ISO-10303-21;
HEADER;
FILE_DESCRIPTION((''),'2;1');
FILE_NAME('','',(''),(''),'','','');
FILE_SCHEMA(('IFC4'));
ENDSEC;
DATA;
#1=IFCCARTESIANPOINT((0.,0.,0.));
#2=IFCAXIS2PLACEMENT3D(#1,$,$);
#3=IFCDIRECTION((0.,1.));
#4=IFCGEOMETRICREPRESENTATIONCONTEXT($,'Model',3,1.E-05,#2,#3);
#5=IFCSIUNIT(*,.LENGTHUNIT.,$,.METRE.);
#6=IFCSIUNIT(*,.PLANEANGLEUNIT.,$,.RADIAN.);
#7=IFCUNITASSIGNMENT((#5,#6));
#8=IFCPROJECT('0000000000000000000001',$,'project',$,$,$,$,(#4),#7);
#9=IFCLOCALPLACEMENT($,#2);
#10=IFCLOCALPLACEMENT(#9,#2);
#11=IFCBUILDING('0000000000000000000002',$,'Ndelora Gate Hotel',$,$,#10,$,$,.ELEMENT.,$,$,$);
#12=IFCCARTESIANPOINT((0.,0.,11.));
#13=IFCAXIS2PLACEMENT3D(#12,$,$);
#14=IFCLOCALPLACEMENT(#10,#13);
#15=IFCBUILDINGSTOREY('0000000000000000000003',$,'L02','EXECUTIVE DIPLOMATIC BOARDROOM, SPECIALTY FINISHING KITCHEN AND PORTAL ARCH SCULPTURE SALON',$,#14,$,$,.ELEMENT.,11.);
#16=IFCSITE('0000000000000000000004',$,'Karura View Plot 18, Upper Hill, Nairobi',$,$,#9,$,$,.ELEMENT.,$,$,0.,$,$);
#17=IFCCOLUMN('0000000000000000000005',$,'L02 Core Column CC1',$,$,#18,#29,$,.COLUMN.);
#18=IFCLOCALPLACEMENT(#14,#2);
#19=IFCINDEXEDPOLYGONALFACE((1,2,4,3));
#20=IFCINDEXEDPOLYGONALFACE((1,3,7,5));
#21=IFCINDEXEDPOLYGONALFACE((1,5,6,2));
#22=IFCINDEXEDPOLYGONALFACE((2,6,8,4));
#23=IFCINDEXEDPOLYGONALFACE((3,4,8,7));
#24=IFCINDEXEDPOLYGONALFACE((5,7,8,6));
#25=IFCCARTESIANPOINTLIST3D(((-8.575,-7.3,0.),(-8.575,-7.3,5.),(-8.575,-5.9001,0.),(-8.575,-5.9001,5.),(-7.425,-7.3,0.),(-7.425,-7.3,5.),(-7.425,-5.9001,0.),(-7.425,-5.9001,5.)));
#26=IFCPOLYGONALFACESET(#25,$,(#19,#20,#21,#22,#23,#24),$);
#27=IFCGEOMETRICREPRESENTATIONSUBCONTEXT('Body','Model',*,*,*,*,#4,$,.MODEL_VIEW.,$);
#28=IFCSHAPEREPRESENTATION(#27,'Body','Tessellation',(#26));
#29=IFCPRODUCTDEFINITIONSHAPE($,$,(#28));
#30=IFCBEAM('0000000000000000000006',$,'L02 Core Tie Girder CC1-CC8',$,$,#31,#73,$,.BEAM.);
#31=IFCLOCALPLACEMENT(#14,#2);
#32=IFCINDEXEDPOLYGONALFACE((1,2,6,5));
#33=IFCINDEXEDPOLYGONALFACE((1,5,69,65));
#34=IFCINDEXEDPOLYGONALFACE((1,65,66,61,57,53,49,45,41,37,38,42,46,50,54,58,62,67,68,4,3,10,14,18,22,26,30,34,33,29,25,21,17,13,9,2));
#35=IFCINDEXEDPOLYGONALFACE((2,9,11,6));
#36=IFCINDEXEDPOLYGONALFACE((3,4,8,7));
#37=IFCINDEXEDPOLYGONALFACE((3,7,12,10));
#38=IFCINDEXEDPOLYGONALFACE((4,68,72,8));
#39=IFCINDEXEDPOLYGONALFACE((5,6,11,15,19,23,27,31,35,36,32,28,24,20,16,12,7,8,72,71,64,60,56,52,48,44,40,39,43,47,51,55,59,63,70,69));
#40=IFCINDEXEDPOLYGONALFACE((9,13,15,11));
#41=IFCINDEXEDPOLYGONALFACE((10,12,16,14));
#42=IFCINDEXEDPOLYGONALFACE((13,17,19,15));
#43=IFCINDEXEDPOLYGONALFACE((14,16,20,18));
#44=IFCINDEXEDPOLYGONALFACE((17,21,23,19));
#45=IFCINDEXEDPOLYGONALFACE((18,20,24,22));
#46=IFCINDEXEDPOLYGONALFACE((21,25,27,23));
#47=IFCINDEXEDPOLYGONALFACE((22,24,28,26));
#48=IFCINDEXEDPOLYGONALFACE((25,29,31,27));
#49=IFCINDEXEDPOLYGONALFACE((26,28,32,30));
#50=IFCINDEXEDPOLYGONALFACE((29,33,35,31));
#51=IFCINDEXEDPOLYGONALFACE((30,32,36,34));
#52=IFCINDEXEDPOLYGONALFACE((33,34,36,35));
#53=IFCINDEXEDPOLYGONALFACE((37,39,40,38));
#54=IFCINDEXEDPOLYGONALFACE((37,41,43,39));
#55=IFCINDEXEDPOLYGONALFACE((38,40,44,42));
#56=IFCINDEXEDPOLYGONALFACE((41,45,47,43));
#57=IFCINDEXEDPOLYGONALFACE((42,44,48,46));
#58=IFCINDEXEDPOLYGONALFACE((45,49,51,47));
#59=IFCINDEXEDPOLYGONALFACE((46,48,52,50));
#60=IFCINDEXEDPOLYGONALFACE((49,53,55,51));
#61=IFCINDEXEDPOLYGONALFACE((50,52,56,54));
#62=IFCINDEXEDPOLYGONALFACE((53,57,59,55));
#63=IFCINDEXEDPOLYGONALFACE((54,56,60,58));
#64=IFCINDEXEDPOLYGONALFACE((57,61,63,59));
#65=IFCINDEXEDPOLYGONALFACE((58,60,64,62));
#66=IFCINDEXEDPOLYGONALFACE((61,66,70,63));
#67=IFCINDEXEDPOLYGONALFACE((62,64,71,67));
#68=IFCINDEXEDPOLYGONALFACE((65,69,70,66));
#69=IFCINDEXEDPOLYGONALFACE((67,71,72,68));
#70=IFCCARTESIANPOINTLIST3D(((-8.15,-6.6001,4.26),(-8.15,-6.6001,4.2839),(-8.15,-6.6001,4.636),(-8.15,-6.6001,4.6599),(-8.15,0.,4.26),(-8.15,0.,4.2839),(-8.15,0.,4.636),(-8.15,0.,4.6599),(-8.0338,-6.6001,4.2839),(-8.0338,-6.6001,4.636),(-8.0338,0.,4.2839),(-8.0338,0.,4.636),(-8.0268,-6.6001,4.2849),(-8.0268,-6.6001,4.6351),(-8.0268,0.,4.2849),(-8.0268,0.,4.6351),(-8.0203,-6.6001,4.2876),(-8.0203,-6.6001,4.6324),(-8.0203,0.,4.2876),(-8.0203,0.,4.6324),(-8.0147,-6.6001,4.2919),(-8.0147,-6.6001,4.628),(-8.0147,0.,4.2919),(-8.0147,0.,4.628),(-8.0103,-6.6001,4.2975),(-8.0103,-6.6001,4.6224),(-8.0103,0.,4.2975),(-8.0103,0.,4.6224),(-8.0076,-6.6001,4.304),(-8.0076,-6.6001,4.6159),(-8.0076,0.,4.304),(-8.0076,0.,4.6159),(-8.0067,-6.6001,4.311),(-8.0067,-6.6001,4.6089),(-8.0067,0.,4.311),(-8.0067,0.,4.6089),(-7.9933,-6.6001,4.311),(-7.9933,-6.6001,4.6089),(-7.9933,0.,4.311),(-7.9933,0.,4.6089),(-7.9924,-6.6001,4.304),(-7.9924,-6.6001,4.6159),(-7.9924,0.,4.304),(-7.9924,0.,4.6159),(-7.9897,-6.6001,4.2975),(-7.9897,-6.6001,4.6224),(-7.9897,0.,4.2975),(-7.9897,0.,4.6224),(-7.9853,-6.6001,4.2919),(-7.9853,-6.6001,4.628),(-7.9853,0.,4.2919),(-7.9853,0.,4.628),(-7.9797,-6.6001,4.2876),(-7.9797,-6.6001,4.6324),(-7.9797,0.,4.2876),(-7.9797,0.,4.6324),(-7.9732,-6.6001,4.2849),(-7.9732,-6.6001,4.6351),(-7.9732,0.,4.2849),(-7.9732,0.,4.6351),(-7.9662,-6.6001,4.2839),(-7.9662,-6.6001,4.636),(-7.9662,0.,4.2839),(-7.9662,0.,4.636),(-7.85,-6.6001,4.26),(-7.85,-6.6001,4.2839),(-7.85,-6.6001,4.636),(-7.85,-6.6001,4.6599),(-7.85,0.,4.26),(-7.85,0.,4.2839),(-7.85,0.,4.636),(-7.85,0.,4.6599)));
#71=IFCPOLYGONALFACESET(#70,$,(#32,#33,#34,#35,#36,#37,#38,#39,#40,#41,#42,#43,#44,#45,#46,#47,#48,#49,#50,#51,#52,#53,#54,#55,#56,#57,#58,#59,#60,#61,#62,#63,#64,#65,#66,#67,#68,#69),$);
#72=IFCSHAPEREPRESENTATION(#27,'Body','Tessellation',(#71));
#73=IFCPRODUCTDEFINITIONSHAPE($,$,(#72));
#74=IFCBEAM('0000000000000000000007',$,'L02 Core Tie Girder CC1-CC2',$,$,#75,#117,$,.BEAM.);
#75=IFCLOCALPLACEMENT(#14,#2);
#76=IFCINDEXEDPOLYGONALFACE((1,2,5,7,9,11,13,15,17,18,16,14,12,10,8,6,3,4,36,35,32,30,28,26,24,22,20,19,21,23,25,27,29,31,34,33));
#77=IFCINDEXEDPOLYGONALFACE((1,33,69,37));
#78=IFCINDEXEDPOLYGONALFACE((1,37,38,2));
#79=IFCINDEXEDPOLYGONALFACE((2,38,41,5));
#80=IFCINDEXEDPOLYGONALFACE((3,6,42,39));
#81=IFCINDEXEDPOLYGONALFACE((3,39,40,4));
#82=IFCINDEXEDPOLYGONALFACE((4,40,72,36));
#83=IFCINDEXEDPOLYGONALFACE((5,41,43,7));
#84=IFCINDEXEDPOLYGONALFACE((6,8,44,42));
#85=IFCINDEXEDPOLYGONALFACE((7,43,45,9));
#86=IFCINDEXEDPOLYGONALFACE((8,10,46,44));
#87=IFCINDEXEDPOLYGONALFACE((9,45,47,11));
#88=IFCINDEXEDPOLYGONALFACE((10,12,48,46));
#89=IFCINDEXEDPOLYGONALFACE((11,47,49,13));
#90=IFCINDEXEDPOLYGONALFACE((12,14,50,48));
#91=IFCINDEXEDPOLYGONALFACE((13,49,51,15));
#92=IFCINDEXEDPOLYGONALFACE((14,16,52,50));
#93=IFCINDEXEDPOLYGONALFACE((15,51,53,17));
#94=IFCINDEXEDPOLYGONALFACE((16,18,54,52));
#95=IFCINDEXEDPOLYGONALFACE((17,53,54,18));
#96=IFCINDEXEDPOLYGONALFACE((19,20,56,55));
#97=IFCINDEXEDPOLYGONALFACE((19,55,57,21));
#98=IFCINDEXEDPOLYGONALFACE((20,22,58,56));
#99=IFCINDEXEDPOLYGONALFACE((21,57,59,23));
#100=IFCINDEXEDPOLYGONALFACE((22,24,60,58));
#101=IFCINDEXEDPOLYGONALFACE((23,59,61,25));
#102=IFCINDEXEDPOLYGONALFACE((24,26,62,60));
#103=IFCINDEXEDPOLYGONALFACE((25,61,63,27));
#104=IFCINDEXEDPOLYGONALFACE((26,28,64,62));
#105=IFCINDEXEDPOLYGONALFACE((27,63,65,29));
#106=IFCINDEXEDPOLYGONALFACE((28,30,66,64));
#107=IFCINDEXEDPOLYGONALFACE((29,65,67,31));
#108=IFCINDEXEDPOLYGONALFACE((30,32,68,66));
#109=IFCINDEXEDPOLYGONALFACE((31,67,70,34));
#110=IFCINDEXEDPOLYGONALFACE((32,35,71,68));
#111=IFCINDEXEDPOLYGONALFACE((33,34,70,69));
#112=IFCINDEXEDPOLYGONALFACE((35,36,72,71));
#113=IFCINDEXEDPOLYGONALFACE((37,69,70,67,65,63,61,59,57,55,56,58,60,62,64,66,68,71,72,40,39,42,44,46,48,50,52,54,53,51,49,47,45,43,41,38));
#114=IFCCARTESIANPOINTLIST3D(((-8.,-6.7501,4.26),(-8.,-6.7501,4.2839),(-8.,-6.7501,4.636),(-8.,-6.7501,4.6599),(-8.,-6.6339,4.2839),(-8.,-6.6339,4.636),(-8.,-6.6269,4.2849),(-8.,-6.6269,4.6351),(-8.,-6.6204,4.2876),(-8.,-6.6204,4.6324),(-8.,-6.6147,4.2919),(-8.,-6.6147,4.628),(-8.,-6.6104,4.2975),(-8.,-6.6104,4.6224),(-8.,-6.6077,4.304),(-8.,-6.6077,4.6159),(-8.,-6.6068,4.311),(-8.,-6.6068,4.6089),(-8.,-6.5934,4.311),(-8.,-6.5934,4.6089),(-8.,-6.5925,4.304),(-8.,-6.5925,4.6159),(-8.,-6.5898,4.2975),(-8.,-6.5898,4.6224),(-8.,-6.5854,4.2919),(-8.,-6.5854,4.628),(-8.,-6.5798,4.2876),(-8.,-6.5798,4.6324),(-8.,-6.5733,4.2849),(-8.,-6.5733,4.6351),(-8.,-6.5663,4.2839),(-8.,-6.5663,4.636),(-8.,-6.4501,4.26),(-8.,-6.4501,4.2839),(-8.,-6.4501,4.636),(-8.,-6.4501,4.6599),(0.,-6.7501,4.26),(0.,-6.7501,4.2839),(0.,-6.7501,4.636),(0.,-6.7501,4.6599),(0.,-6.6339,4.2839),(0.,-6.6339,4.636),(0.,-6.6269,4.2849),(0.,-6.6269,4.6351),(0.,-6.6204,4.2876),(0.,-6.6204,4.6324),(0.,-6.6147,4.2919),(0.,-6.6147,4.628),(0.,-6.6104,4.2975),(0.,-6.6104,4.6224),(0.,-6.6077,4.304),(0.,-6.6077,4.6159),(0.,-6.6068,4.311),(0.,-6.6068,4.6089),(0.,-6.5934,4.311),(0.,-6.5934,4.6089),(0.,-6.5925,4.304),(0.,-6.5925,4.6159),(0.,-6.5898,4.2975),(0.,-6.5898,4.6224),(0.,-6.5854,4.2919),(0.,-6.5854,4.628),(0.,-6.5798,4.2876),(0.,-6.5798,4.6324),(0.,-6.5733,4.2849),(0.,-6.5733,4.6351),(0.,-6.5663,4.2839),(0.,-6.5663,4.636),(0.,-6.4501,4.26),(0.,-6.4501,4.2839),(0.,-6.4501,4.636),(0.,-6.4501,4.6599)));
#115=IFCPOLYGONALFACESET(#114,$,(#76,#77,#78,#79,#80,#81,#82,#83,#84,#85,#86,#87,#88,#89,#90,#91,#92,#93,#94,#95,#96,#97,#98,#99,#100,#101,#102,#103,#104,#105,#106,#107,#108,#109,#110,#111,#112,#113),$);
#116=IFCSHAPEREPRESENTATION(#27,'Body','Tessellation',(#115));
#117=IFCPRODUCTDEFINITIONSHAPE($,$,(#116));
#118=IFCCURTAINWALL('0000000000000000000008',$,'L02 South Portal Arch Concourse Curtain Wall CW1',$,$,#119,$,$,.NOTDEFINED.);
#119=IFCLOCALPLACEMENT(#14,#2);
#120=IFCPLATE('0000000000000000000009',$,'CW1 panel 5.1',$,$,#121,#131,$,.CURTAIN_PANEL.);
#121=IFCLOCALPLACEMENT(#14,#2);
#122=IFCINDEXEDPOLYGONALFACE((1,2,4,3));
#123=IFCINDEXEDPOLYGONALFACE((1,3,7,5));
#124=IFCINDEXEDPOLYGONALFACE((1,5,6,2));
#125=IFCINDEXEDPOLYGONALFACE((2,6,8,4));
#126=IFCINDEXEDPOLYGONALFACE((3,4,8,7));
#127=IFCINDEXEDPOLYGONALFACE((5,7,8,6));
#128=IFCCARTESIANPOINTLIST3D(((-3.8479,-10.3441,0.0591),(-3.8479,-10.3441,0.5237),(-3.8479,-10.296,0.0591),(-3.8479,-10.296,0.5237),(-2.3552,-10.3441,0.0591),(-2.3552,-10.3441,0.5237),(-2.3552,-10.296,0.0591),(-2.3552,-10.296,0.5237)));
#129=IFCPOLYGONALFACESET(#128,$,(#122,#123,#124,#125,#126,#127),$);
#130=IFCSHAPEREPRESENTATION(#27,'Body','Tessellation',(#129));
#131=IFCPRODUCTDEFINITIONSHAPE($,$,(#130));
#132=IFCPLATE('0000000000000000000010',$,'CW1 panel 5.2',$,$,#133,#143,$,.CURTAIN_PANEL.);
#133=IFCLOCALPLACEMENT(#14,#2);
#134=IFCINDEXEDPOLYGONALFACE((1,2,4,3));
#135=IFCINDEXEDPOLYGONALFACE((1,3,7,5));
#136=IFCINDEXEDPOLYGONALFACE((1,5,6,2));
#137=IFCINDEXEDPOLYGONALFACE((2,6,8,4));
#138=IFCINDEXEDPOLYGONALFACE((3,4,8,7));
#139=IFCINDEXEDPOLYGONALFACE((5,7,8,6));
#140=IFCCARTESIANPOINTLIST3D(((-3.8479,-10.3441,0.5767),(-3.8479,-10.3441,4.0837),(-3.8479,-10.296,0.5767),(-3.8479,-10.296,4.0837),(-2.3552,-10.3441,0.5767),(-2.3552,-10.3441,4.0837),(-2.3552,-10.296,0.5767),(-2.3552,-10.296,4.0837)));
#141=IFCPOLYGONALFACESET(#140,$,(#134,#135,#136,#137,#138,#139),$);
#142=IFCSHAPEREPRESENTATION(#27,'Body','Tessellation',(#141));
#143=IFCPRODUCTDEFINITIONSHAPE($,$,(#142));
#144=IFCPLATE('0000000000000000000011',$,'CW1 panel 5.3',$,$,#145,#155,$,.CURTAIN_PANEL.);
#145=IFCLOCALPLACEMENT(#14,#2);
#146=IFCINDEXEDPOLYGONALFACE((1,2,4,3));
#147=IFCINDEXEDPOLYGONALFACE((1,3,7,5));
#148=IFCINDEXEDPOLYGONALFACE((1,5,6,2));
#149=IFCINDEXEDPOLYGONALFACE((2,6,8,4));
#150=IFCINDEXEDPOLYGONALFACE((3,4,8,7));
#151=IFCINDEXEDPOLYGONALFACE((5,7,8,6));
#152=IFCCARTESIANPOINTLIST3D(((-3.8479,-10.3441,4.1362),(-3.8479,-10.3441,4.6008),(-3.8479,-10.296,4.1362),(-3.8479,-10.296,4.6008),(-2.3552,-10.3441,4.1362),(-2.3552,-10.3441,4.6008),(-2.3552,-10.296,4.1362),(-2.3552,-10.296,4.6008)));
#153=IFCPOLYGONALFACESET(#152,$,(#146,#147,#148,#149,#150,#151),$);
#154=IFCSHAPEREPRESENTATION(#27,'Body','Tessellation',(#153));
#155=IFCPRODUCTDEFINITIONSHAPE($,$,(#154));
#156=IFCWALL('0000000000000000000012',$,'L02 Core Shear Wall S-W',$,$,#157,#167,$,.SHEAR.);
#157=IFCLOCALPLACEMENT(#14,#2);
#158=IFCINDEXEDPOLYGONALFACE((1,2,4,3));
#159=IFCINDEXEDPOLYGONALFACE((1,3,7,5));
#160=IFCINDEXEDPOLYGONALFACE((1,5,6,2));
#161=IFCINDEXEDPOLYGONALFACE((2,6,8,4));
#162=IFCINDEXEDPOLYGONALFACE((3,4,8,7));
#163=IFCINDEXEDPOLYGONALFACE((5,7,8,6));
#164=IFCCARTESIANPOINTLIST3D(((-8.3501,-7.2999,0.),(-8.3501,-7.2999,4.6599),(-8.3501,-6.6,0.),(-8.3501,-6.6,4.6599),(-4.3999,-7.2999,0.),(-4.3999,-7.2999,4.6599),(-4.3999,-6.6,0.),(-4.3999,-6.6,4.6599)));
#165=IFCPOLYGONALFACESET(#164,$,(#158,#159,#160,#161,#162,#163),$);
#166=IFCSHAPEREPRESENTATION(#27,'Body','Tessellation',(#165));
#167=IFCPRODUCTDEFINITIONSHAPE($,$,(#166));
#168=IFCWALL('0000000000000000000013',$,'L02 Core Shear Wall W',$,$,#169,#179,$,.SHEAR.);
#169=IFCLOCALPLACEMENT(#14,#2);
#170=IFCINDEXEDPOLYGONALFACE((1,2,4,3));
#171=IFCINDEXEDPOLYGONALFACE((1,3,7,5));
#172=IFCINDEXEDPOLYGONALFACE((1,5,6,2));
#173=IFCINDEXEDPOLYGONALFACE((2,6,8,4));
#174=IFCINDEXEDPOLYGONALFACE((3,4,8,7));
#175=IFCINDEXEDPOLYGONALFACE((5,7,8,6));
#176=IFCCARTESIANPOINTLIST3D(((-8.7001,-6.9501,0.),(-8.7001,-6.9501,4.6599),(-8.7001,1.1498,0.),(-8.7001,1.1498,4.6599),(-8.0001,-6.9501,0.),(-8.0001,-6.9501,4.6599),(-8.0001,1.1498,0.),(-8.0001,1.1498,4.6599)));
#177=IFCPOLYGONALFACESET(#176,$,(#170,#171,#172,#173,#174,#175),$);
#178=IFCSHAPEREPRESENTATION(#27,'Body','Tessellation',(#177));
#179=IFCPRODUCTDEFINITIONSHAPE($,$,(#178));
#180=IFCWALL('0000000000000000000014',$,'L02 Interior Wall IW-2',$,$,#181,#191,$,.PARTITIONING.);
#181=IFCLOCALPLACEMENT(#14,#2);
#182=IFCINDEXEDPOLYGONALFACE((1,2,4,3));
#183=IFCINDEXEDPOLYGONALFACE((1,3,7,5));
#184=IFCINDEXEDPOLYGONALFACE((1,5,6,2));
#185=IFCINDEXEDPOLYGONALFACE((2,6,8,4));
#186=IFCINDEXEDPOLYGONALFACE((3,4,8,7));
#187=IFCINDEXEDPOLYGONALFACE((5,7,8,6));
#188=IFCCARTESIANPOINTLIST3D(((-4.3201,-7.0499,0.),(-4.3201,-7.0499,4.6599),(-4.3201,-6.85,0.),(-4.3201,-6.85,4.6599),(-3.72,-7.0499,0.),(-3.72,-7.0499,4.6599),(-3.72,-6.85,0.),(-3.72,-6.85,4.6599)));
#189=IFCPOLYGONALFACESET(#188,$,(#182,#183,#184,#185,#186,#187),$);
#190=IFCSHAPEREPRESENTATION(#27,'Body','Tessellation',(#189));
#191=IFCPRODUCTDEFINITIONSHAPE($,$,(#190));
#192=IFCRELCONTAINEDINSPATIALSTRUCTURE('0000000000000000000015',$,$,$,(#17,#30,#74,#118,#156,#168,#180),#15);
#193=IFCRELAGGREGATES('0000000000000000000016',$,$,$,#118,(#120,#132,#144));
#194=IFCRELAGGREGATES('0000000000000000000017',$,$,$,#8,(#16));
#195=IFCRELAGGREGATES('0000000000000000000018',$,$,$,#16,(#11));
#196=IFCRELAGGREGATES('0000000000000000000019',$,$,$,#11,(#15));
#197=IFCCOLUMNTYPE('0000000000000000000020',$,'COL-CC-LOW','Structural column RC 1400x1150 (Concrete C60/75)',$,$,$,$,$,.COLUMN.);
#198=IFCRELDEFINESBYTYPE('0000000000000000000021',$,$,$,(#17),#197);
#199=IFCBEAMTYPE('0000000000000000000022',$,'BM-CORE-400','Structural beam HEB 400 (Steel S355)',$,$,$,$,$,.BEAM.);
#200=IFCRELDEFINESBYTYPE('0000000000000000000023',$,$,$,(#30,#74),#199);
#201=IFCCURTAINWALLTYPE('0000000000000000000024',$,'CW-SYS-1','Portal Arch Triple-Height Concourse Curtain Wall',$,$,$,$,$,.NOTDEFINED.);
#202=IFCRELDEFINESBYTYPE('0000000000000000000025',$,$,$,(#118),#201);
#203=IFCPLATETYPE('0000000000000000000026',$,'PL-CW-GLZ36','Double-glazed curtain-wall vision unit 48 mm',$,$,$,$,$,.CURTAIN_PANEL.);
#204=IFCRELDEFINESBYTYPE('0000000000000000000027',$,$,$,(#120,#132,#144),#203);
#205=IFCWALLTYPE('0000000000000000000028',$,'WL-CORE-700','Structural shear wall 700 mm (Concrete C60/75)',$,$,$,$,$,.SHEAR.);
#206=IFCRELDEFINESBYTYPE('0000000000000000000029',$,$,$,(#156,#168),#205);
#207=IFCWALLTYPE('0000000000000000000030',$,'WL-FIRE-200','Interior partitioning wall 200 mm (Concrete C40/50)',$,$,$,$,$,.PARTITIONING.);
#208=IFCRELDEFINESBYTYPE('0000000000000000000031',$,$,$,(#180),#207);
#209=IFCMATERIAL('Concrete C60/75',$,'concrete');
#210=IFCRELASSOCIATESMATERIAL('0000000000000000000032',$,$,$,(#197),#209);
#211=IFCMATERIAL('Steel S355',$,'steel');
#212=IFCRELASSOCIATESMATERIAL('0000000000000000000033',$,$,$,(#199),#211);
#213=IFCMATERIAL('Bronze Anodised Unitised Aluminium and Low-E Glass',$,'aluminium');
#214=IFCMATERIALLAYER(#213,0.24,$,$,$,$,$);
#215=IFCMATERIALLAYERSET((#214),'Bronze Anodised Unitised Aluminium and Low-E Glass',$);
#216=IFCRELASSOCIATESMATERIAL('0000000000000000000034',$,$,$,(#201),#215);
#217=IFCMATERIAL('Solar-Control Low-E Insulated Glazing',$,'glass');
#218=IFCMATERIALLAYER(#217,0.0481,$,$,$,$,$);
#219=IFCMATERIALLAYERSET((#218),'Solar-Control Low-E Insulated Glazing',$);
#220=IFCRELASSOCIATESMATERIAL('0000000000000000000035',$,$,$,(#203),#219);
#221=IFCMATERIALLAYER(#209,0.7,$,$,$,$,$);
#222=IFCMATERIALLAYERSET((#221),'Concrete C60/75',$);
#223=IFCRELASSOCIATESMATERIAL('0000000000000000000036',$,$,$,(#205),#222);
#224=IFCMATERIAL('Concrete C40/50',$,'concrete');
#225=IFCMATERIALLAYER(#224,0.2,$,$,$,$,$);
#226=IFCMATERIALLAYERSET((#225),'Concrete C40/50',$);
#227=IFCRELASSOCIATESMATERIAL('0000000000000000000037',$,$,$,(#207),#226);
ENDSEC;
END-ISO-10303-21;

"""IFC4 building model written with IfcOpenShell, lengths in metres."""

from ifc_helpers import new_model, si_unit, direction, frame, frame_2d, origin, origin_2d, place, context, subcontext, project, spatial, rectangle, i_section, extrude, material, layer, layer_set, material_profile, profile_set, type_object, element, aggregate, save


model = new_model("IFC4")

# Units and contexts
model_context = context("Model", 3, precision=1e-05, world=origin(), true_north=direction((0.0, 1.0)))
body_context = subcontext(model_context, "Body", "Model", "MODEL_VIEW")
ifc_project = project(units=[si_unit("LENGTHUNIT", "METRE"), si_unit("PLANEANGLEUNIT", "RADIAN")], contexts=[model_context])

# Site, building, storey
site_placement = place(None, origin())
site = spatial("IfcSite", under=ifc_project, at=site_placement, Name="Karura View Plot 18, Upper Hill, Nairobi", CompositionType="ELEMENT", RefElevation=0.0)
building_placement = place(site_placement, origin())
building = spatial("IfcBuilding", under=site, at=building_placement, Name="Ndelora Gate Hotel", CompositionType="ELEMENT")
storey_placement = place(building_placement, frame((0.0, 0.0, 11.0)))
storey = spatial("IfcBuildingStorey", under=building, at=storey_placement, Name="L02", Description="EXECUTIVE DIPLOMATIC BOARDROOM, SPECIALTY FINISHING KITCHEN AND PORTAL ARCH SCULPTURE SALON", CompositionType="ELEMENT", Elevation=11.0)

# Column
ifc_material_1 = material(Name="Concrete C60/75", Category="concrete")
ifc_material_profile_1 = material_profile(ifc_material_1, rectangle(XDim=1.1499, YDim=1.3999, at=origin_2d()), Name="RC 1400x1150")
ifc_profile_set_1 = profile_set([ifc_material_profile_1], Name="Concrete C60/75")
column_type = type_object("IfcColumnType", Name="COL-CC-LOW", Description="Structural column RC 1400x1150 (Concrete C60/75)", PredefinedType="COLUMN", material=ifc_profile_set_1)
column_placement = place(storey_placement, frame((-8.0, -6.6001, 0.0), z_axis=(0.0, 0.0, 1.0), x_axis=(1.0, 0.0, 0.0)))
element("IfcColumn", 1, at=column_placement, inside=storey, type_object=column_type, Name="L02 Core Column CC1", PredefinedType="COLUMN", context=body_context, shape_type="SweptSolid", body=[
    extrude(rectangle(XDim=1.1499, YDim=1.3999, at=origin_2d()), origin(), (0.0, 0.0, 1.0), 5.0),
])

# Beams
ifc_material_2 = material(Name="Steel S355", Category="steel")
ifc_material_profile_2 = material_profile(ifc_material_2, i_section(OverallWidth=0.3, OverallDepth=0.3999, WebThickness=0.0134, FlangeThickness=0.0239, FilletRadius=0.0271, at=origin_2d()), Name="HEB 400")
ifc_profile_set_2 = profile_set([ifc_material_profile_2], Name="Steel S355")
beam_type = type_object("IfcBeamType", Name="BM-CORE-400", Description="Structural beam HEB 400 (Steel S355)", PredefinedType="BEAM", material=ifc_profile_set_2)
beam_1_placement = place(storey_placement, frame((-8.0, -6.6001, 4.46), z_axis=(0.0, 1.0, 0.0), x_axis=(-1.0, 0.0, 0.0)))
element("IfcBeam", 2, at=beam_1_placement, inside=storey, type_object=beam_type, Name="L02 Core Tie Girder CC1-CC8", PredefinedType="BEAM", context=body_context, shape_type="SweptSolid", body=[
    extrude(i_section(OverallWidth=0.3, OverallDepth=0.3999, WebThickness=0.0134, FlangeThickness=0.0239, FilletRadius=0.0271, at=origin_2d()), origin(), (0.0, 0.0, 1.0), 6.6001),
])
beam_2_placement = place(storey_placement, frame((-8.0, -6.6001, 4.46), z_axis=(1.0, 0.0, 0.0), x_axis=(0.0, 1.0, 0.0)))
element("IfcBeam", 3, at=beam_2_placement, inside=storey, type_object=beam_type, Name="L02 Core Tie Girder CC1-CC2", PredefinedType="BEAM", context=body_context, shape_type="SweptSolid", body=[
    extrude(i_section(OverallWidth=0.3, OverallDepth=0.3999, WebThickness=0.0134, FlangeThickness=0.0239, FilletRadius=0.0271, at=origin_2d()), origin(), (0.0, 0.0, 1.0), 8.0),
])

# Curtain wall, plates
ifc_material_3 = material(Name="Bronze Anodised Unitised Aluminium and Low-E Glass", Category="aluminium")
ifc_layer_1 = layer(ifc_material_3, 0.24)
ifc_layer_set_1 = layer_set([ifc_layer_1], Name="Bronze Anodised Unitised Aluminium and Low-E Glass")
curtain_wall_type = type_object("IfcCurtainWallType", Name="CW-SYS-1", Description="Portal Arch Triple-Height Concourse Curtain Wall", PredefinedType="NOTDEFINED", material=ifc_layer_set_1)
curtain_wall_placement = place(storey_placement, origin())
curtain_wall = element("IfcCurtainWall", 4, at=curtain_wall_placement, inside=storey, type_object=curtain_wall_type, Name="L02 South Portal Arch Concourse Curtain Wall CW1", PredefinedType="NOTDEFINED")
ifc_material_4 = material(Name="Solar-Control Low-E Insulated Glazing", Category="glass")
ifc_layer_2 = layer(ifc_material_4, 0.0481)
ifc_layer_set_2 = layer_set([ifc_layer_2], Name="Solar-Control Low-E Insulated Glazing")
plate_type = type_object("IfcPlateType", Name="PL-CW-GLZ36", Description="Double-glazed curtain-wall vision unit 48 mm", PredefinedType="CURTAIN_PANEL", material=ifc_layer_set_2)
plate_1_placement = place(storey_placement, frame((-3.1016, -10.3201, 0.0591), z_axis=(0.0, 0.0, 1.0), x_axis=(1.0, 0.0, 0.0)))
plate_1 = element("IfcPlate", 5, at=plate_1_placement, type_object=plate_type, Name="CW1 panel 5.1", PredefinedType="CURTAIN_PANEL", context=body_context, shape_type="SweptSolid", body=[
    extrude(rectangle(XDim=1.4927, YDim=0.0481, at=origin_2d()), origin(), (0.0, 0.0, 1.0), 0.4646),
])
plate_2_placement = place(storey_placement, frame((-3.1016, -10.3201, 0.5767), z_axis=(0.0, 0.0, 1.0), x_axis=(1.0, 0.0, 0.0)))
plate_2 = element("IfcPlate", 6, at=plate_2_placement, type_object=plate_type, Name="CW1 panel 5.2", PredefinedType="CURTAIN_PANEL", context=body_context, shape_type="SweptSolid", body=[
    extrude(rectangle(XDim=1.4927, YDim=0.0481, at=origin_2d()), origin(), (0.0, 0.0, 1.0), 3.5071),
])
plate_3_placement = place(storey_placement, frame((-3.1016, -10.3201, 4.1362), z_axis=(0.0, 0.0, 1.0), x_axis=(1.0, 0.0, 0.0)))
plate_3 = element("IfcPlate", 7, at=plate_3_placement, type_object=plate_type, Name="CW1 panel 5.3", PredefinedType="CURTAIN_PANEL", context=body_context, shape_type="SweptSolid", body=[
    extrude(rectangle(XDim=1.4927, YDim=0.0481, at=origin_2d()), origin(), (0.0, 0.0, 1.0), 0.4646),
])
aggregate(curtain_wall, [plate_1, plate_2, plate_3])

# Walls
ifc_layer_3 = layer(ifc_material_1, 0.7)
ifc_layer_set_3 = layer_set([ifc_layer_3], Name="Concrete C60/75")
wall_type_1 = type_object("IfcWallType", Name="WL-CORE-700", Description="Structural shear wall 700 mm (Concrete C60/75)", PredefinedType="SHEAR", material=ifc_layer_set_3)
wall_1_placement = place(storey_placement, frame((-8.3501, -6.95, 0.0), z_axis=(0.0, 0.0, 1.0), x_axis=(1.0, 0.0, 0.0)))
element("IfcWall", 8, at=wall_1_placement, inside=storey, type_object=wall_type_1, Name="L02 Core Shear Wall S-W", PredefinedType="SHEAR", context=body_context, shape_type="SweptSolid", body=[
    extrude(rectangle(XDim=3.9502, YDim=0.7, at=frame_2d((1.9751, 0.0))), origin(), (0.0, 0.0, 1.0), 4.6599),
])
wall_2_placement = place(storey_placement, frame((-8.3501, -6.95, 0.0), z_axis=(0.0, 0.0, 1.0), x_axis=(0.0, 1.0, 0.0)))
element("IfcWall", 9, at=wall_2_placement, inside=storey, type_object=wall_type_1, Name="L02 Core Shear Wall W", PredefinedType="SHEAR", context=body_context, shape_type="SweptSolid", body=[
    extrude(rectangle(XDim=8.0999, YDim=0.7, at=frame_2d((4.0498, 0.0))), origin(), (0.0, 0.0, 1.0), 4.6599),
])
ifc_material_5 = material(Name="Concrete C40/50", Category="concrete")
ifc_layer_4 = layer(ifc_material_5, 0.2)
ifc_layer_set_4 = layer_set([ifc_layer_4], Name="Concrete C40/50")
wall_type_2 = type_object("IfcWallType", Name="WL-FIRE-200", Description="Interior partitioning wall 200 mm (Concrete C40/50)", PredefinedType="PARTITIONING", material=ifc_layer_set_4)
wall_3_placement = place(storey_placement, frame((-4.3201, -6.95, 0.0), z_axis=(0.0, 0.0, 1.0), x_axis=(1.0, 0.0, 0.0)))
element("IfcWall", 10, at=wall_3_placement, inside=storey, type_object=wall_type_2, Name="L02 Interior Wall IW-2", PredefinedType="PARTITIONING", context=body_context, shape_type="SweptSolid", body=[
    extrude(rectangle(XDim=0.6001, YDim=0.2, at=frame_2d((0.3, 0.0))), origin(), (0.0, 0.0, 1.0), 4.6599),
])

save(model, "model.ifc")
